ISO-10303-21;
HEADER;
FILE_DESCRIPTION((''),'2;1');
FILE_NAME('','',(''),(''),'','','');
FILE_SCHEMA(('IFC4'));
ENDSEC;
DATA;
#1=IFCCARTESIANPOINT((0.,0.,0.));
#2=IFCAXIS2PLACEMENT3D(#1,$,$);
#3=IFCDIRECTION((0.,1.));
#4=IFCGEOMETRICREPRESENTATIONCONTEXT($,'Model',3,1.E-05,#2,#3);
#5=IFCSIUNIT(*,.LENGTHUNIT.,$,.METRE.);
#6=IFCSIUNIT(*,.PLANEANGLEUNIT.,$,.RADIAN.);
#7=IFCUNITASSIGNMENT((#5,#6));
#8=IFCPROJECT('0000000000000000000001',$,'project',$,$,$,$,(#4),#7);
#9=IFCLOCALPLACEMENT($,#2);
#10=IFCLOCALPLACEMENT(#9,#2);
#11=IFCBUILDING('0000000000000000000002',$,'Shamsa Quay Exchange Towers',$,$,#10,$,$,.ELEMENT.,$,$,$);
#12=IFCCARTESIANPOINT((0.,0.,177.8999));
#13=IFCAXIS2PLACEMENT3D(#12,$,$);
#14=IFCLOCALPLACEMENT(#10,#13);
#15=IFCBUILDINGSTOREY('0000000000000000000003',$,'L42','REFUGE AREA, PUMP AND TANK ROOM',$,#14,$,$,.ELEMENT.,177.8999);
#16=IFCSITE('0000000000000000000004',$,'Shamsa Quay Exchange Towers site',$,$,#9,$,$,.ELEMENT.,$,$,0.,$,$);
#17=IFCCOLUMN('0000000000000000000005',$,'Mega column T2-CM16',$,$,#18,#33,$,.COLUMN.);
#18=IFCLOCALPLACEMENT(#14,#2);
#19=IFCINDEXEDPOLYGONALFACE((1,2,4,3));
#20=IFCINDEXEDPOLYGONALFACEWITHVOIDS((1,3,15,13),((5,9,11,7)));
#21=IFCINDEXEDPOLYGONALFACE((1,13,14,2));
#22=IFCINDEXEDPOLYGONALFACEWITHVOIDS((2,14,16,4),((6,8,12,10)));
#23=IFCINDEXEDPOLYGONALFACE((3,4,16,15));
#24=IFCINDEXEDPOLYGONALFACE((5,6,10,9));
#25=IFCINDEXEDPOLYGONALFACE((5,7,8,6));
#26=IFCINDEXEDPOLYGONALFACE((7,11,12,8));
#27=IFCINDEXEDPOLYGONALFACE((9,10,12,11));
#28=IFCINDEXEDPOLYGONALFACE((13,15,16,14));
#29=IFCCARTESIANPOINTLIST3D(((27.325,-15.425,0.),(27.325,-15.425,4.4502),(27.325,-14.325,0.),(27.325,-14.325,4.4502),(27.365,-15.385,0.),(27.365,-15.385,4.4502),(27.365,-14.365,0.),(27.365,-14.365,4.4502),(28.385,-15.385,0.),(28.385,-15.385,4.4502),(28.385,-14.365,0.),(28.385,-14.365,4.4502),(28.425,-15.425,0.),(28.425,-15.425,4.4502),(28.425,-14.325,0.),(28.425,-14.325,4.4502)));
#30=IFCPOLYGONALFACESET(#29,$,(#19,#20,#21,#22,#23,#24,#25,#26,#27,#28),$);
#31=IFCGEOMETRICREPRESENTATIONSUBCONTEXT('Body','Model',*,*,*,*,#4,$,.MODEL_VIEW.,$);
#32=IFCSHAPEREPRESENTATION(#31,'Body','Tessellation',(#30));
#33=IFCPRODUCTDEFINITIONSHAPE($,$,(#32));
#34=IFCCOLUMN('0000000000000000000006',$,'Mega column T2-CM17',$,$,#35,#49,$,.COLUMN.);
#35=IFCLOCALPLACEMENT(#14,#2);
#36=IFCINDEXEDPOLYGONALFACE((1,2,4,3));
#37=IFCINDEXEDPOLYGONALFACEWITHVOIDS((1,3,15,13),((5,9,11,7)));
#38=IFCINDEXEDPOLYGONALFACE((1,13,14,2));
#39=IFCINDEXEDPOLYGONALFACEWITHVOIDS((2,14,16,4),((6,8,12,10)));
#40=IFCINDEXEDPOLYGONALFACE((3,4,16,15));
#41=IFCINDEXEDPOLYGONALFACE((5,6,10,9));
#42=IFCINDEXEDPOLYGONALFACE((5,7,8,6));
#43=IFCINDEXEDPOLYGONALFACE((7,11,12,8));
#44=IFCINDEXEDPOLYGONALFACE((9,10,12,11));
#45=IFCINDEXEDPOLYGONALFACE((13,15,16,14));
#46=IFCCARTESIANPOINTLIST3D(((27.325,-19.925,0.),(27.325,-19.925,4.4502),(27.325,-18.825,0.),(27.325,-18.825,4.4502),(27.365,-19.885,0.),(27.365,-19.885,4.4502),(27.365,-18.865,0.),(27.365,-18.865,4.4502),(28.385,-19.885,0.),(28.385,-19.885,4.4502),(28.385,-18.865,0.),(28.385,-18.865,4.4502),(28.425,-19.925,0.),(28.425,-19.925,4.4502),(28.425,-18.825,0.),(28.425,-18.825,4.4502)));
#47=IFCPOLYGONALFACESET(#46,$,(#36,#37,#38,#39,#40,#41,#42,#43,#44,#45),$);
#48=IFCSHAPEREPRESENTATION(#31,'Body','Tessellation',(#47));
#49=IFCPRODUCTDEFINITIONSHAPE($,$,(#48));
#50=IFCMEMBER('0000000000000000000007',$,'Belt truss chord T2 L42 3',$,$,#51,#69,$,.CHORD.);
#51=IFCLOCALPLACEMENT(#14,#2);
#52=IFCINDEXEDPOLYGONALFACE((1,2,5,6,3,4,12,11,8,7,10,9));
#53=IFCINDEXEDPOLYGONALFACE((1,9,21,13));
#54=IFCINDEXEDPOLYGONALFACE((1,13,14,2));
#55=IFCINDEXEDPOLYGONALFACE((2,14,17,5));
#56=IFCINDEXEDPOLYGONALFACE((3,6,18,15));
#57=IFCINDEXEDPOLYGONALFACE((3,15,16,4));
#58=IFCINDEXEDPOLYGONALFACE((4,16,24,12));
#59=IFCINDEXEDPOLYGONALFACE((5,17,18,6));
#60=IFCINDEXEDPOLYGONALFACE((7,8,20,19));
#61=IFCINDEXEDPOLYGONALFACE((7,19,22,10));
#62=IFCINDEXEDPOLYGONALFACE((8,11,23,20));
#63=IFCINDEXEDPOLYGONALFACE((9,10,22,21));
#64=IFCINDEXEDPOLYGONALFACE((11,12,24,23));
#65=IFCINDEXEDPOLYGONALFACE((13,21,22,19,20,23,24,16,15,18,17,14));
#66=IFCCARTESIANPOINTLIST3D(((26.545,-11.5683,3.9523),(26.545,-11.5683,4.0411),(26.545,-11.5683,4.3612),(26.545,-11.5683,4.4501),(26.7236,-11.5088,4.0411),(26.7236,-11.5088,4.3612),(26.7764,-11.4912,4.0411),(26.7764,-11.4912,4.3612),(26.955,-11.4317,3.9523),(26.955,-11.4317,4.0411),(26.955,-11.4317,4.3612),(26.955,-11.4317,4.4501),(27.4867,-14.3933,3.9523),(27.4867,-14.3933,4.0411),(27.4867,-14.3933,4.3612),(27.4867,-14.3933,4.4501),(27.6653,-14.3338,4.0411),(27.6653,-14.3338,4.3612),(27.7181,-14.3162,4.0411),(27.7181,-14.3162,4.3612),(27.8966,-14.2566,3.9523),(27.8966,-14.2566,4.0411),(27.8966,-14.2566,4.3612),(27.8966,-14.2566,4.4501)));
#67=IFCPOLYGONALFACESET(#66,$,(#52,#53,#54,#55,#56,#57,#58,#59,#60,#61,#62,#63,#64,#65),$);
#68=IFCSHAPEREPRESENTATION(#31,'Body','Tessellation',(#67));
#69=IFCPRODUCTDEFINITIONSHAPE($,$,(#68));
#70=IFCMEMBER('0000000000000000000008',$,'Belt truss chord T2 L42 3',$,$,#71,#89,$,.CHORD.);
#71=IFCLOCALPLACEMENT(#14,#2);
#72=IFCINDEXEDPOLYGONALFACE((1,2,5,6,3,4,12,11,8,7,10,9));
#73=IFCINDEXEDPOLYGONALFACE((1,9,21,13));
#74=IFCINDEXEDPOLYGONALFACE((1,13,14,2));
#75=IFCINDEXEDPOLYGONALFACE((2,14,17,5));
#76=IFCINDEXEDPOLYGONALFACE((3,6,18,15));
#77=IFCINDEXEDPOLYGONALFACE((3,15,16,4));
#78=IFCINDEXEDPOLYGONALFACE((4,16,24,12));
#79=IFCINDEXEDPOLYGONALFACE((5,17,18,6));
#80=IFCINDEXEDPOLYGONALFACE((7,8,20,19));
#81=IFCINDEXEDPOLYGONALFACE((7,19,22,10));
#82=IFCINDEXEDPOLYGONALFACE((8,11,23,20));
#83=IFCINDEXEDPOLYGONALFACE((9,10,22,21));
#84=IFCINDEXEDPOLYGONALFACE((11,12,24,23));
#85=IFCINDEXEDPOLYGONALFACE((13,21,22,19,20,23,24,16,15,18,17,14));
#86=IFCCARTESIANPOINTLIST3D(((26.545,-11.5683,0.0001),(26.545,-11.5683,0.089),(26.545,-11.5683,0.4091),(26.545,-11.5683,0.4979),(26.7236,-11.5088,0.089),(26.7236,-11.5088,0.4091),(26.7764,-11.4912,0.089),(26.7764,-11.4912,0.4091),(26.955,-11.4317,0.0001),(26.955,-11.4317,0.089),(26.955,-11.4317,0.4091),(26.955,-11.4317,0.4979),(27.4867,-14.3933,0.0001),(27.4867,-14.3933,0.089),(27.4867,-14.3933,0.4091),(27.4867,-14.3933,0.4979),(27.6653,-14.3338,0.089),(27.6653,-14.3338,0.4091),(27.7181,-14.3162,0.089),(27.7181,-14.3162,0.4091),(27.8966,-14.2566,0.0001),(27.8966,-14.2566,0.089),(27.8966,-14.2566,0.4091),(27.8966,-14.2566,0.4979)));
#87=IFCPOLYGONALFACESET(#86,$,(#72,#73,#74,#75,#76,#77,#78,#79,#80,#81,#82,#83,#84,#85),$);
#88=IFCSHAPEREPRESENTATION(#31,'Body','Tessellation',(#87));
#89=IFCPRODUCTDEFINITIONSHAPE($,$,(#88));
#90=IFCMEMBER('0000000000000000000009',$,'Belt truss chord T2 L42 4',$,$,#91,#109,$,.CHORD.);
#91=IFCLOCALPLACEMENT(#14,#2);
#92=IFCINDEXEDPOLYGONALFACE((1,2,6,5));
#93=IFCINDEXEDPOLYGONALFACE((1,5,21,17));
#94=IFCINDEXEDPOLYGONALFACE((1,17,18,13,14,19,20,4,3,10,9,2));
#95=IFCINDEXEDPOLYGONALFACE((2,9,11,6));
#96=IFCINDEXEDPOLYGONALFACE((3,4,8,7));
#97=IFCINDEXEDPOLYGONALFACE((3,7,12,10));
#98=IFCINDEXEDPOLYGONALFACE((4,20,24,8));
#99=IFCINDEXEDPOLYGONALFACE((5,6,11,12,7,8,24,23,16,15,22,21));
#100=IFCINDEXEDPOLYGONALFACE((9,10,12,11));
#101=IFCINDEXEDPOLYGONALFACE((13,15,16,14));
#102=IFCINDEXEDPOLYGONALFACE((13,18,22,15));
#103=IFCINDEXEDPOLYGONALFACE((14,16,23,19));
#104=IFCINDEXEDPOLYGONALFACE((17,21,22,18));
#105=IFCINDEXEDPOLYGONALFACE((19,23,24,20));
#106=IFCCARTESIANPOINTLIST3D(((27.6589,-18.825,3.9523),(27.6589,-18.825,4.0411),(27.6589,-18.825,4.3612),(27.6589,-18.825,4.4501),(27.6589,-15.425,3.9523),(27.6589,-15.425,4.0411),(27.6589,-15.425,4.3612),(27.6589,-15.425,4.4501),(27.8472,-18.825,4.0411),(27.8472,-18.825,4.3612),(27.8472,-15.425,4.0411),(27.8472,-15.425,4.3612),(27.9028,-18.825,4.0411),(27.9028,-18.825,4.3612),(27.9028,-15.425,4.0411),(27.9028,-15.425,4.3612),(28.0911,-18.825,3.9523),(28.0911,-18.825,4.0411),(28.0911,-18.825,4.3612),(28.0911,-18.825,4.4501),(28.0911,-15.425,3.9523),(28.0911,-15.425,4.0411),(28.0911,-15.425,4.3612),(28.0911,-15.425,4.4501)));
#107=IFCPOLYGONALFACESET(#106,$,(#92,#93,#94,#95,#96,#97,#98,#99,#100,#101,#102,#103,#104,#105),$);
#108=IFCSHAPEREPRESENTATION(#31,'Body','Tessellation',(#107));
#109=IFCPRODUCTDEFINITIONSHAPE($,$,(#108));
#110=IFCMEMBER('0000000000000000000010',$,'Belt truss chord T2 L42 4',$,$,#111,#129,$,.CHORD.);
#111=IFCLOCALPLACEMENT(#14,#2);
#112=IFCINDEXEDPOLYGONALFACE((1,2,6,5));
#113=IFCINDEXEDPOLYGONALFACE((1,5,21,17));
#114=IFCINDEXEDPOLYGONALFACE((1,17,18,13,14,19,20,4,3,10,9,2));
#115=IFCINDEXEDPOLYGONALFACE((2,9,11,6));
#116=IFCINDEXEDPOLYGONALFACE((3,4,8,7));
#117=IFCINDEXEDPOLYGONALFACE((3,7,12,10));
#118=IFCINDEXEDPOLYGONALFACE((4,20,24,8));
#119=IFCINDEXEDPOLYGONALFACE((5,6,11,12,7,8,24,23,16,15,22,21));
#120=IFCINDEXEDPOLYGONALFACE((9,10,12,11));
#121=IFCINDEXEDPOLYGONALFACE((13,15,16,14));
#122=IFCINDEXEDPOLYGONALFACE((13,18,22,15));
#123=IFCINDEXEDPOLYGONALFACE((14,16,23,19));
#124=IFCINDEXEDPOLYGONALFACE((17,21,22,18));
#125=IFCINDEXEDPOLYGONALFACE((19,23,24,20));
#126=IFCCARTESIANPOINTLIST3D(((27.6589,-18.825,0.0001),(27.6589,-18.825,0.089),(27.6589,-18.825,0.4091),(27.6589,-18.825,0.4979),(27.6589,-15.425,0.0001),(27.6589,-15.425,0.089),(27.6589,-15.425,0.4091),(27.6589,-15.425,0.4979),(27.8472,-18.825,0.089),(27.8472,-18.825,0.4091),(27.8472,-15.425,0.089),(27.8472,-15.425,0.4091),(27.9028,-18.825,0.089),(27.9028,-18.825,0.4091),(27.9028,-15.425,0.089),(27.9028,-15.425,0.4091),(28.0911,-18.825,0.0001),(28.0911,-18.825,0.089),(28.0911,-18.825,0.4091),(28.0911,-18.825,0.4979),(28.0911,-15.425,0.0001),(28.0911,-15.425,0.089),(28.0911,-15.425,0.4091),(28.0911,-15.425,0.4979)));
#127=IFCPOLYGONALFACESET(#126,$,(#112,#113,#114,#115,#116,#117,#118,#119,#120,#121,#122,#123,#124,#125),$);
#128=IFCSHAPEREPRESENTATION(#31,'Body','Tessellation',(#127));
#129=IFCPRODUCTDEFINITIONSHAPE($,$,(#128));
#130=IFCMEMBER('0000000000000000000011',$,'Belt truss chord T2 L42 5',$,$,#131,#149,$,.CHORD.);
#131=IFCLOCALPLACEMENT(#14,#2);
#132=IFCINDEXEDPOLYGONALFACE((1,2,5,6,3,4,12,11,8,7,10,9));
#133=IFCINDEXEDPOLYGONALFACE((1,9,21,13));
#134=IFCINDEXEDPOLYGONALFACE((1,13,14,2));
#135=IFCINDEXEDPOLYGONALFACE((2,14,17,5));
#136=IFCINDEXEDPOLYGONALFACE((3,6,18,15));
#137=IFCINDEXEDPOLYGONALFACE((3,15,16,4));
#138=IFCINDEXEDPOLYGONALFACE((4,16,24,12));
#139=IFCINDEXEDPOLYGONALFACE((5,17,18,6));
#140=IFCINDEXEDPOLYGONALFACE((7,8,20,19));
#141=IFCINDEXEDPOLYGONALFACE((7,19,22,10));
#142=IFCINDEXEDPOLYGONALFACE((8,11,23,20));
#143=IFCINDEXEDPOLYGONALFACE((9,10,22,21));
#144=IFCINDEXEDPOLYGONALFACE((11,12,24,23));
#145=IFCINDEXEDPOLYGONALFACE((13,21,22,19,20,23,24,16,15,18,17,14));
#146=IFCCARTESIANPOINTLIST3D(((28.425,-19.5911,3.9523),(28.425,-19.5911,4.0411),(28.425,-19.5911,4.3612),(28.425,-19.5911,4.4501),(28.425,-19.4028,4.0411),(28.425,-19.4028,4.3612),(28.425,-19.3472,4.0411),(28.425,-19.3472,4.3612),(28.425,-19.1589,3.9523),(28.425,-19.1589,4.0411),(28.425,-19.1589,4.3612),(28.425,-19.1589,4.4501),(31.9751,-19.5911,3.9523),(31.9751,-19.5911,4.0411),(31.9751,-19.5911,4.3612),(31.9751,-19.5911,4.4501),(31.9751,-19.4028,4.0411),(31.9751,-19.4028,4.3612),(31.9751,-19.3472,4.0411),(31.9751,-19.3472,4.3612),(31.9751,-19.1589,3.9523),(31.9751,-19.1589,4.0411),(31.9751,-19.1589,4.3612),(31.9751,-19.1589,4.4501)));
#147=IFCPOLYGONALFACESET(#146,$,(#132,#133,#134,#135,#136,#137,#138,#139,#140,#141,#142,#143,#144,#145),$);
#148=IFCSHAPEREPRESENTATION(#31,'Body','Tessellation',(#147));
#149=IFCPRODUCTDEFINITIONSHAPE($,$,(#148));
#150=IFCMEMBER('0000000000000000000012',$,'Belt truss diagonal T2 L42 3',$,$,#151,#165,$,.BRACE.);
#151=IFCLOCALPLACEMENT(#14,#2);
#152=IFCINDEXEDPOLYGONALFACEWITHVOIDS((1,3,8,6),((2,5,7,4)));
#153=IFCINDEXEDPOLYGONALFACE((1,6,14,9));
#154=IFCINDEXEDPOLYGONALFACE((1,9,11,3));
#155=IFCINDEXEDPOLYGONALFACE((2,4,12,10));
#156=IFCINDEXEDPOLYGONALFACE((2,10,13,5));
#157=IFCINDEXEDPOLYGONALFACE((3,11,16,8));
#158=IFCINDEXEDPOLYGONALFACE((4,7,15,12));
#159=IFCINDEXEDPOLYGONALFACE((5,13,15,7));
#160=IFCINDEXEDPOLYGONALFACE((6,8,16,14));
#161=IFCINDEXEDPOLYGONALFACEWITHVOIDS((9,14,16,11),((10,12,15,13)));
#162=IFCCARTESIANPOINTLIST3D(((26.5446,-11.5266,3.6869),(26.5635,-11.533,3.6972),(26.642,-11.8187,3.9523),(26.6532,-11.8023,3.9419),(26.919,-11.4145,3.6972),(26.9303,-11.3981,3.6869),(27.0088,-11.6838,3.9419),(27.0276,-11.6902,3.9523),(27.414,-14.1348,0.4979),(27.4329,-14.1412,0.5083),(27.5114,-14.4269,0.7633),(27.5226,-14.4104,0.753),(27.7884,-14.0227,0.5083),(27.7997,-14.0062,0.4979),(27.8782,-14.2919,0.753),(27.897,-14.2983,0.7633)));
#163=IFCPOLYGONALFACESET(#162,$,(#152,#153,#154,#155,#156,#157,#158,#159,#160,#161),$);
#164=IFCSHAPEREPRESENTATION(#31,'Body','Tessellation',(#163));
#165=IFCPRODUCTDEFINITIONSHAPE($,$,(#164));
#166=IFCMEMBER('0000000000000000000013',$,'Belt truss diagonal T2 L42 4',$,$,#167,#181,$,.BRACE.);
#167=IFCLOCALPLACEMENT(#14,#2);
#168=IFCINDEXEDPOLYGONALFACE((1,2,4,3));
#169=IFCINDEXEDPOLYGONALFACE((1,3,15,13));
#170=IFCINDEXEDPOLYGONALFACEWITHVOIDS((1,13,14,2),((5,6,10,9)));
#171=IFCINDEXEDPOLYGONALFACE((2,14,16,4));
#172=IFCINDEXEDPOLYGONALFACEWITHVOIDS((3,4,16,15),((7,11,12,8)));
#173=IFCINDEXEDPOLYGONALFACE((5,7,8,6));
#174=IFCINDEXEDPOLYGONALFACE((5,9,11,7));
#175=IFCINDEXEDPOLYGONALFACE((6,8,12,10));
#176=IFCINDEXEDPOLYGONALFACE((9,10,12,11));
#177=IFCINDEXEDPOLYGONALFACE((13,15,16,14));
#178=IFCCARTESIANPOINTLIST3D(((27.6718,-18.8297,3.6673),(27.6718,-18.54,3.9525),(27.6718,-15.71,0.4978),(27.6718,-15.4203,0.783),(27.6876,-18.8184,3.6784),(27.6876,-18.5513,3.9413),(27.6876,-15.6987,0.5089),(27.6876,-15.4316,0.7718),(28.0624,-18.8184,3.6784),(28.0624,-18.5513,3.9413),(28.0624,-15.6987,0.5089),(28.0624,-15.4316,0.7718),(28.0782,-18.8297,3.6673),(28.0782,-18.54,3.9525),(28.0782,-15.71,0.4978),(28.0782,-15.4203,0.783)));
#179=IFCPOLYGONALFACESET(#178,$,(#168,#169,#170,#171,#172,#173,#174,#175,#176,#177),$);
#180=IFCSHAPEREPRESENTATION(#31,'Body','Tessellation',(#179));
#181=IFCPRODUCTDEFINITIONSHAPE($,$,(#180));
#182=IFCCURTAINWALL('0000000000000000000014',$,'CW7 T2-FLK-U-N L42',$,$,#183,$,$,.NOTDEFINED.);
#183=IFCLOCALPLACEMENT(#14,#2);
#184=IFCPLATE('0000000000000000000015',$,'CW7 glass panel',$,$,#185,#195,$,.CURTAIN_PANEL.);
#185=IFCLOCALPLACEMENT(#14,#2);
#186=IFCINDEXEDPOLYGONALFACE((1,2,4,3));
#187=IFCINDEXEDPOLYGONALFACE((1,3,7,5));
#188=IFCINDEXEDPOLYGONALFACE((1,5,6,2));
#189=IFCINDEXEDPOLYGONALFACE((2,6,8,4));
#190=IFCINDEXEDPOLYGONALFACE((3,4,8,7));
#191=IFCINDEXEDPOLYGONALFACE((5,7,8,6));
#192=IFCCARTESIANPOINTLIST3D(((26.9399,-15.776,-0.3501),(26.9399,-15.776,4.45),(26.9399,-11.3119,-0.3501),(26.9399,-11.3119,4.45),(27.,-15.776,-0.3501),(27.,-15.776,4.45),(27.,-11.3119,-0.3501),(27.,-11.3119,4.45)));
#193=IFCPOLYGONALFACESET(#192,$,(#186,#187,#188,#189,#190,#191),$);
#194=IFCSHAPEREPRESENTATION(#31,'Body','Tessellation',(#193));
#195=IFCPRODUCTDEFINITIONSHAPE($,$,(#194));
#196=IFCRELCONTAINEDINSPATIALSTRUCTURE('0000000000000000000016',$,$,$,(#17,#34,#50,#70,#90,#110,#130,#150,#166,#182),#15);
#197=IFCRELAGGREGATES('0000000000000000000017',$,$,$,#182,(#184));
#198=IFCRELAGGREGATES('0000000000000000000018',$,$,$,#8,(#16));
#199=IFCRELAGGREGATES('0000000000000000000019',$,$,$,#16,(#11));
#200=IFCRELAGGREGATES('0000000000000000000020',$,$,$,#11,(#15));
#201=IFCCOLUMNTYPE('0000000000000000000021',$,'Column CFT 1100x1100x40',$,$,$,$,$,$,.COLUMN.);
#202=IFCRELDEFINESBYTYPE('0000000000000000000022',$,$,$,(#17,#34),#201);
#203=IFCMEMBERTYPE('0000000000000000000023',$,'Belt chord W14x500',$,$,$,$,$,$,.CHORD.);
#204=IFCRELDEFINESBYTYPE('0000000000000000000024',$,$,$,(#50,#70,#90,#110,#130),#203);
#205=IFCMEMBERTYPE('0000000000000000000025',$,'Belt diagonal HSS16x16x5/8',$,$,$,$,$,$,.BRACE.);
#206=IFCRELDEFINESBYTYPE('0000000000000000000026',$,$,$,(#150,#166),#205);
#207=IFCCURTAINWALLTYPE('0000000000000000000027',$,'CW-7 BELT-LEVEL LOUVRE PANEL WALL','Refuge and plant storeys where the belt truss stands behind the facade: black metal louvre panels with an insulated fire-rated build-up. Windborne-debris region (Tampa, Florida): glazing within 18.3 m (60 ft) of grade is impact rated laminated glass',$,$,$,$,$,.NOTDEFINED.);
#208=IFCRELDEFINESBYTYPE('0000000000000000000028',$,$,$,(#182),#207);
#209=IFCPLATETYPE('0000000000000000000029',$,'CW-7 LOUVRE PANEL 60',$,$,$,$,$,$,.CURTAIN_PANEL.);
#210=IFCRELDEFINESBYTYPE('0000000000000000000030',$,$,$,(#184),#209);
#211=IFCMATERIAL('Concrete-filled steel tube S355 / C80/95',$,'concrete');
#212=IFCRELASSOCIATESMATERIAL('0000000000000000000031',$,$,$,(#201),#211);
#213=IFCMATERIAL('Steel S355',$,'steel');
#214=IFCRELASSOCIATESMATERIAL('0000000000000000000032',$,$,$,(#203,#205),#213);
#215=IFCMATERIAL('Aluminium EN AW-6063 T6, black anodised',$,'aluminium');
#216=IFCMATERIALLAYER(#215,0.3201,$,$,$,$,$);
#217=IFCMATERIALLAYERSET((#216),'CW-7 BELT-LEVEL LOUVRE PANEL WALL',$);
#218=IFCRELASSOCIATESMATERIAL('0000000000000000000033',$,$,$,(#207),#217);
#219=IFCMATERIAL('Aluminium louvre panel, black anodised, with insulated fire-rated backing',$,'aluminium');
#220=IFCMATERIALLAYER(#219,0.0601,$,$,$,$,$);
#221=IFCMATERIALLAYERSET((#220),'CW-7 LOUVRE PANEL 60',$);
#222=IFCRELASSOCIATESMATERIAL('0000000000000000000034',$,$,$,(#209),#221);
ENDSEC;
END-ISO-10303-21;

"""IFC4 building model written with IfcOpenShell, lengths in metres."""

from ifc_helpers import new_model, si_unit, direction, frame, origin, origin_2d, place, context, subcontext, project, spatial, rectangle, hollow_rectangle, i_section, extrude, material, layer, layer_set, material_profile, profile_set, type_object, element, aggregate, save


model = new_model("IFC4")

# Units and contexts
model_context = context("Model", 3, precision=1e-05, world=origin(), true_north=direction((0.0, 1.0)))
body_context = subcontext(model_context, "Body", "Model", "MODEL_VIEW")
ifc_project = project(units=[si_unit("LENGTHUNIT", "METRE"), si_unit("PLANEANGLEUNIT", "RADIAN")], contexts=[model_context])

# Site, building, storey
site_placement = place(None, origin())
site = spatial("IfcSite", under=ifc_project, at=site_placement, Name="Shamsa Quay Exchange Towers site", CompositionType="ELEMENT", RefElevation=0.0)
building_placement = place(site_placement, origin())
building = spatial("IfcBuilding", under=site, at=building_placement, Name="Shamsa Quay Exchange Towers", CompositionType="ELEMENT")
storey_placement = place(building_placement, frame((0.0, 0.0, 177.8999)))
storey = spatial("IfcBuildingStorey", under=building, at=storey_placement, Name="L42", Description="REFUGE AREA, PUMP AND TANK ROOM", CompositionType="ELEMENT", Elevation=177.8999)

# Columns
ifc_material_1 = material(Name="Concrete-filled steel tube S355 / C80/95", Category="concrete")
ifc_material_profile_1 = material_profile(ifc_material_1, hollow_rectangle(XDim=1.1001, YDim=1.1001, WallThickness=0.04, at=origin_2d()), Name="CFT 1100x1100x40")
ifc_profile_set_1 = profile_set([ifc_material_profile_1], Name="Concrete-filled steel tube S355 / C80/95")
column_type = type_object("IfcColumnType", Name="Column CFT 1100x1100x40", PredefinedType="COLUMN", material=ifc_profile_set_1)
for number, where, name in (
    (1, (27.875, -14.875, 0.0), "Mega column T2-CM16"),
    (2, (27.875, -19.375, 0.0), "Mega column T2-CM17"),
):
    element("IfcColumn", number, at=place(storey_placement, frame(where)), inside=storey, type_object=column_type, Name=name, PredefinedType="COLUMN", context=body_context, shape_type="SweptSolid", body=[
        extrude(hollow_rectangle(XDim=1.1001, YDim=1.1001, WallThickness=0.04, at=origin_2d()), origin(), (0.0, 0.0, 1.0), 4.4502),
    ])

# Members
ifc_material_2 = material(Name="Steel S355", Category="steel")
ifc_material_profile_2 = material_profile(ifc_material_2, i_section(OverallWidth=0.4321, OverallDepth=0.4978, WebThickness=0.0557, FlangeThickness=0.0889, at=origin_2d()), Name="W14x500")
ifc_profile_set_2 = profile_set([ifc_material_profile_2], Name="Steel S355")
member_type_1 = type_object("IfcMemberType", Name="Belt chord W14x500", PredefinedType="CHORD", material=ifc_profile_set_2)
for number, where, z_axis, x_axis, name in (
    (3, (26.75, -11.5, 4.2012), (0.316228, -0.948683, 0.0), (0.948683, 0.316228, 0.0), "Belt truss chord T2 L42 3"),
    (4, (26.75, -11.5, 0.249), (0.316228, -0.948683, 0.0), (0.948683, 0.316228, 0.0), "Belt truss chord T2 L42 3"),
):
    element("IfcMember", number, at=place(storey_placement, frame(where, z_axis=z_axis, x_axis=x_axis)), inside=storey, type_object=member_type_1, Name=name, PredefinedType="CHORD", context=body_context, shape_type="SweptSolid", body=[
        extrude(i_section(OverallWidth=0.4321, OverallDepth=0.4978, WebThickness=0.0557, FlangeThickness=0.0889, at=origin_2d()), origin(), (0.0, 0.0, 1.0), 2.9778),
    ])
for number, where, z_axis, x_axis, name in (
    (5, (27.875, -15.425, 4.2012), (0.0, -1.0, 0.0), (1.0, 0.0, 0.0), "Belt truss chord T2 L42 4"),
    (6, (27.875, -15.425, 0.249), (0.0, -1.0, 0.0), (1.0, 0.0, 0.0), "Belt truss chord T2 L42 4"),
):
    element("IfcMember", number, at=place(storey_placement, frame(where, z_axis=z_axis, x_axis=x_axis)), inside=storey, type_object=member_type_1, Name=name, PredefinedType="CHORD", context=body_context, shape_type="SweptSolid", body=[
        extrude(i_section(OverallWidth=0.4321, OverallDepth=0.4978, WebThickness=0.0557, FlangeThickness=0.0889, at=origin_2d()), origin(), (0.0, 0.0, 1.0), 3.3999),
    ])
member_1_placement = place(storey_placement, frame((28.425, -19.375, 4.2012), z_axis=(1.0, 0.0, 0.0), x_axis=(0.0, 1.0, 0.0)))
element("IfcMember", 7, at=member_1_placement, inside=storey, type_object=member_type_1, Name="Belt truss chord T2 L42 5", PredefinedType="CHORD", context=body_context, shape_type="SweptSolid", body=[
    extrude(i_section(OverallWidth=0.4321, OverallDepth=0.4978, WebThickness=0.0557, FlangeThickness=0.0889, at=origin_2d()), origin(), (0.0, 0.0, 1.0), 3.55),
])
ifc_material_profile_3 = material_profile(ifc_material_2, hollow_rectangle(XDim=0.4065, YDim=0.4065, WallThickness=0.0159, at=origin_2d()), Name="HSS16x16x5/8")
ifc_profile_set_3 = profile_set([ifc_material_profile_3], Name="Steel S355")
member_type_2 = type_object("IfcMemberType", Name="Belt diagonal HSS16x16x5/8", PredefinedType="BRACE", material=ifc_profile_set_3)
member_2_placement = place(storey_placement, frame((27.6555, -14.2166, 0.6306), z_axis=(-0.206483, 0.61945, 0.757395), x_axis=(-0.948683, -0.316228, 0.0)))
element("IfcMember", 8, at=member_2_placement, inside=storey, type_object=member_type_2, Name="Belt truss diagonal T2 L42 3", PredefinedType="BRACE", context=body_context, shape_type="SweptSolid", body=[
    extrude(hollow_rectangle(XDim=0.4065, YDim=0.4065, WallThickness=0.0159, at=origin_2d()), origin(), (0.0, 0.0, 1.0), 4.2104),
])
member_3_placement = place(storey_placement, frame((27.875, -15.5652, 0.6404), z_axis=(0.0, -0.701485, 0.712684), x_axis=(1.0, 0.0, 0.0)))
element("IfcMember", 9, at=member_3_placement, inside=storey, type_object=member_type_2, Name="Belt truss diagonal T2 L42 4", PredefinedType="BRACE", context=body_context, shape_type="SweptSolid", body=[
    extrude(hollow_rectangle(XDim=0.4065, YDim=0.4065, WallThickness=0.0159, at=origin_2d()), origin(), (0.0, 0.0, 1.0), 4.4473),
])

# Curtain wall, plate
ifc_material_3 = material(Name="Aluminium EN AW-6063 T6, black anodised", Category="aluminium")
ifc_layer_1 = layer(ifc_material_3, 0.3201)
ifc_layer_set_1 = layer_set([ifc_layer_1], Name="CW-7 BELT-LEVEL LOUVRE PANEL WALL")
curtain_wall_type = type_object("IfcCurtainWallType", Name="CW-7 BELT-LEVEL LOUVRE PANEL WALL", Description="Refuge and plant storeys where the belt truss stands behind the facade: black metal louvre panels with an insulated fire-rated build-up. Windborne-debris region (Tampa, Florida): glazing within 18.3 m (60 ft) of grade is impact rated laminated glass", PredefinedType="NOTDEFINED", material=ifc_layer_set_1)
curtain_wall_1_placement = place(storey_placement, origin())
curtain_wall_1 = element("IfcCurtainWall", 10, at=curtain_wall_1_placement, inside=storey, type_object=curtain_wall_type, Name="CW7 T2-FLK-U-N L42", PredefinedType="NOTDEFINED")
ifc_material_4 = material(Name="Aluminium louvre panel, black anodised, with insulated fire-rated backing", Category="aluminium")
ifc_layer_2 = layer(ifc_material_4, 0.0601)
ifc_layer_set_2 = layer_set([ifc_layer_2], Name="CW-7 LOUVRE PANEL 60")
plate_type = type_object("IfcPlateType", Name="CW-7 LOUVRE PANEL 60", PredefinedType="CURTAIN_PANEL", material=ifc_layer_set_2)
plate_1_placement = place(storey_placement, frame((26.97, -13.5439, -0.3501), z_axis=(0.0, 0.0, 1.0), x_axis=(0.0, -1.0, 0.0)))
plate_1 = element("IfcPlate", 11, at=plate_1_placement, type_object=plate_type, Name="CW7 glass panel", PredefinedType="CURTAIN_PANEL", context=body_context, shape_type="SweptSolid", body=[
    extrude(rectangle(XDim=4.4641, YDim=0.0601, at=origin_2d()), origin(), (0.0, 0.0, 1.0), 4.8),
])
aggregate(curtain_wall_1, [plate_1])

save(model, "model.ifc")
